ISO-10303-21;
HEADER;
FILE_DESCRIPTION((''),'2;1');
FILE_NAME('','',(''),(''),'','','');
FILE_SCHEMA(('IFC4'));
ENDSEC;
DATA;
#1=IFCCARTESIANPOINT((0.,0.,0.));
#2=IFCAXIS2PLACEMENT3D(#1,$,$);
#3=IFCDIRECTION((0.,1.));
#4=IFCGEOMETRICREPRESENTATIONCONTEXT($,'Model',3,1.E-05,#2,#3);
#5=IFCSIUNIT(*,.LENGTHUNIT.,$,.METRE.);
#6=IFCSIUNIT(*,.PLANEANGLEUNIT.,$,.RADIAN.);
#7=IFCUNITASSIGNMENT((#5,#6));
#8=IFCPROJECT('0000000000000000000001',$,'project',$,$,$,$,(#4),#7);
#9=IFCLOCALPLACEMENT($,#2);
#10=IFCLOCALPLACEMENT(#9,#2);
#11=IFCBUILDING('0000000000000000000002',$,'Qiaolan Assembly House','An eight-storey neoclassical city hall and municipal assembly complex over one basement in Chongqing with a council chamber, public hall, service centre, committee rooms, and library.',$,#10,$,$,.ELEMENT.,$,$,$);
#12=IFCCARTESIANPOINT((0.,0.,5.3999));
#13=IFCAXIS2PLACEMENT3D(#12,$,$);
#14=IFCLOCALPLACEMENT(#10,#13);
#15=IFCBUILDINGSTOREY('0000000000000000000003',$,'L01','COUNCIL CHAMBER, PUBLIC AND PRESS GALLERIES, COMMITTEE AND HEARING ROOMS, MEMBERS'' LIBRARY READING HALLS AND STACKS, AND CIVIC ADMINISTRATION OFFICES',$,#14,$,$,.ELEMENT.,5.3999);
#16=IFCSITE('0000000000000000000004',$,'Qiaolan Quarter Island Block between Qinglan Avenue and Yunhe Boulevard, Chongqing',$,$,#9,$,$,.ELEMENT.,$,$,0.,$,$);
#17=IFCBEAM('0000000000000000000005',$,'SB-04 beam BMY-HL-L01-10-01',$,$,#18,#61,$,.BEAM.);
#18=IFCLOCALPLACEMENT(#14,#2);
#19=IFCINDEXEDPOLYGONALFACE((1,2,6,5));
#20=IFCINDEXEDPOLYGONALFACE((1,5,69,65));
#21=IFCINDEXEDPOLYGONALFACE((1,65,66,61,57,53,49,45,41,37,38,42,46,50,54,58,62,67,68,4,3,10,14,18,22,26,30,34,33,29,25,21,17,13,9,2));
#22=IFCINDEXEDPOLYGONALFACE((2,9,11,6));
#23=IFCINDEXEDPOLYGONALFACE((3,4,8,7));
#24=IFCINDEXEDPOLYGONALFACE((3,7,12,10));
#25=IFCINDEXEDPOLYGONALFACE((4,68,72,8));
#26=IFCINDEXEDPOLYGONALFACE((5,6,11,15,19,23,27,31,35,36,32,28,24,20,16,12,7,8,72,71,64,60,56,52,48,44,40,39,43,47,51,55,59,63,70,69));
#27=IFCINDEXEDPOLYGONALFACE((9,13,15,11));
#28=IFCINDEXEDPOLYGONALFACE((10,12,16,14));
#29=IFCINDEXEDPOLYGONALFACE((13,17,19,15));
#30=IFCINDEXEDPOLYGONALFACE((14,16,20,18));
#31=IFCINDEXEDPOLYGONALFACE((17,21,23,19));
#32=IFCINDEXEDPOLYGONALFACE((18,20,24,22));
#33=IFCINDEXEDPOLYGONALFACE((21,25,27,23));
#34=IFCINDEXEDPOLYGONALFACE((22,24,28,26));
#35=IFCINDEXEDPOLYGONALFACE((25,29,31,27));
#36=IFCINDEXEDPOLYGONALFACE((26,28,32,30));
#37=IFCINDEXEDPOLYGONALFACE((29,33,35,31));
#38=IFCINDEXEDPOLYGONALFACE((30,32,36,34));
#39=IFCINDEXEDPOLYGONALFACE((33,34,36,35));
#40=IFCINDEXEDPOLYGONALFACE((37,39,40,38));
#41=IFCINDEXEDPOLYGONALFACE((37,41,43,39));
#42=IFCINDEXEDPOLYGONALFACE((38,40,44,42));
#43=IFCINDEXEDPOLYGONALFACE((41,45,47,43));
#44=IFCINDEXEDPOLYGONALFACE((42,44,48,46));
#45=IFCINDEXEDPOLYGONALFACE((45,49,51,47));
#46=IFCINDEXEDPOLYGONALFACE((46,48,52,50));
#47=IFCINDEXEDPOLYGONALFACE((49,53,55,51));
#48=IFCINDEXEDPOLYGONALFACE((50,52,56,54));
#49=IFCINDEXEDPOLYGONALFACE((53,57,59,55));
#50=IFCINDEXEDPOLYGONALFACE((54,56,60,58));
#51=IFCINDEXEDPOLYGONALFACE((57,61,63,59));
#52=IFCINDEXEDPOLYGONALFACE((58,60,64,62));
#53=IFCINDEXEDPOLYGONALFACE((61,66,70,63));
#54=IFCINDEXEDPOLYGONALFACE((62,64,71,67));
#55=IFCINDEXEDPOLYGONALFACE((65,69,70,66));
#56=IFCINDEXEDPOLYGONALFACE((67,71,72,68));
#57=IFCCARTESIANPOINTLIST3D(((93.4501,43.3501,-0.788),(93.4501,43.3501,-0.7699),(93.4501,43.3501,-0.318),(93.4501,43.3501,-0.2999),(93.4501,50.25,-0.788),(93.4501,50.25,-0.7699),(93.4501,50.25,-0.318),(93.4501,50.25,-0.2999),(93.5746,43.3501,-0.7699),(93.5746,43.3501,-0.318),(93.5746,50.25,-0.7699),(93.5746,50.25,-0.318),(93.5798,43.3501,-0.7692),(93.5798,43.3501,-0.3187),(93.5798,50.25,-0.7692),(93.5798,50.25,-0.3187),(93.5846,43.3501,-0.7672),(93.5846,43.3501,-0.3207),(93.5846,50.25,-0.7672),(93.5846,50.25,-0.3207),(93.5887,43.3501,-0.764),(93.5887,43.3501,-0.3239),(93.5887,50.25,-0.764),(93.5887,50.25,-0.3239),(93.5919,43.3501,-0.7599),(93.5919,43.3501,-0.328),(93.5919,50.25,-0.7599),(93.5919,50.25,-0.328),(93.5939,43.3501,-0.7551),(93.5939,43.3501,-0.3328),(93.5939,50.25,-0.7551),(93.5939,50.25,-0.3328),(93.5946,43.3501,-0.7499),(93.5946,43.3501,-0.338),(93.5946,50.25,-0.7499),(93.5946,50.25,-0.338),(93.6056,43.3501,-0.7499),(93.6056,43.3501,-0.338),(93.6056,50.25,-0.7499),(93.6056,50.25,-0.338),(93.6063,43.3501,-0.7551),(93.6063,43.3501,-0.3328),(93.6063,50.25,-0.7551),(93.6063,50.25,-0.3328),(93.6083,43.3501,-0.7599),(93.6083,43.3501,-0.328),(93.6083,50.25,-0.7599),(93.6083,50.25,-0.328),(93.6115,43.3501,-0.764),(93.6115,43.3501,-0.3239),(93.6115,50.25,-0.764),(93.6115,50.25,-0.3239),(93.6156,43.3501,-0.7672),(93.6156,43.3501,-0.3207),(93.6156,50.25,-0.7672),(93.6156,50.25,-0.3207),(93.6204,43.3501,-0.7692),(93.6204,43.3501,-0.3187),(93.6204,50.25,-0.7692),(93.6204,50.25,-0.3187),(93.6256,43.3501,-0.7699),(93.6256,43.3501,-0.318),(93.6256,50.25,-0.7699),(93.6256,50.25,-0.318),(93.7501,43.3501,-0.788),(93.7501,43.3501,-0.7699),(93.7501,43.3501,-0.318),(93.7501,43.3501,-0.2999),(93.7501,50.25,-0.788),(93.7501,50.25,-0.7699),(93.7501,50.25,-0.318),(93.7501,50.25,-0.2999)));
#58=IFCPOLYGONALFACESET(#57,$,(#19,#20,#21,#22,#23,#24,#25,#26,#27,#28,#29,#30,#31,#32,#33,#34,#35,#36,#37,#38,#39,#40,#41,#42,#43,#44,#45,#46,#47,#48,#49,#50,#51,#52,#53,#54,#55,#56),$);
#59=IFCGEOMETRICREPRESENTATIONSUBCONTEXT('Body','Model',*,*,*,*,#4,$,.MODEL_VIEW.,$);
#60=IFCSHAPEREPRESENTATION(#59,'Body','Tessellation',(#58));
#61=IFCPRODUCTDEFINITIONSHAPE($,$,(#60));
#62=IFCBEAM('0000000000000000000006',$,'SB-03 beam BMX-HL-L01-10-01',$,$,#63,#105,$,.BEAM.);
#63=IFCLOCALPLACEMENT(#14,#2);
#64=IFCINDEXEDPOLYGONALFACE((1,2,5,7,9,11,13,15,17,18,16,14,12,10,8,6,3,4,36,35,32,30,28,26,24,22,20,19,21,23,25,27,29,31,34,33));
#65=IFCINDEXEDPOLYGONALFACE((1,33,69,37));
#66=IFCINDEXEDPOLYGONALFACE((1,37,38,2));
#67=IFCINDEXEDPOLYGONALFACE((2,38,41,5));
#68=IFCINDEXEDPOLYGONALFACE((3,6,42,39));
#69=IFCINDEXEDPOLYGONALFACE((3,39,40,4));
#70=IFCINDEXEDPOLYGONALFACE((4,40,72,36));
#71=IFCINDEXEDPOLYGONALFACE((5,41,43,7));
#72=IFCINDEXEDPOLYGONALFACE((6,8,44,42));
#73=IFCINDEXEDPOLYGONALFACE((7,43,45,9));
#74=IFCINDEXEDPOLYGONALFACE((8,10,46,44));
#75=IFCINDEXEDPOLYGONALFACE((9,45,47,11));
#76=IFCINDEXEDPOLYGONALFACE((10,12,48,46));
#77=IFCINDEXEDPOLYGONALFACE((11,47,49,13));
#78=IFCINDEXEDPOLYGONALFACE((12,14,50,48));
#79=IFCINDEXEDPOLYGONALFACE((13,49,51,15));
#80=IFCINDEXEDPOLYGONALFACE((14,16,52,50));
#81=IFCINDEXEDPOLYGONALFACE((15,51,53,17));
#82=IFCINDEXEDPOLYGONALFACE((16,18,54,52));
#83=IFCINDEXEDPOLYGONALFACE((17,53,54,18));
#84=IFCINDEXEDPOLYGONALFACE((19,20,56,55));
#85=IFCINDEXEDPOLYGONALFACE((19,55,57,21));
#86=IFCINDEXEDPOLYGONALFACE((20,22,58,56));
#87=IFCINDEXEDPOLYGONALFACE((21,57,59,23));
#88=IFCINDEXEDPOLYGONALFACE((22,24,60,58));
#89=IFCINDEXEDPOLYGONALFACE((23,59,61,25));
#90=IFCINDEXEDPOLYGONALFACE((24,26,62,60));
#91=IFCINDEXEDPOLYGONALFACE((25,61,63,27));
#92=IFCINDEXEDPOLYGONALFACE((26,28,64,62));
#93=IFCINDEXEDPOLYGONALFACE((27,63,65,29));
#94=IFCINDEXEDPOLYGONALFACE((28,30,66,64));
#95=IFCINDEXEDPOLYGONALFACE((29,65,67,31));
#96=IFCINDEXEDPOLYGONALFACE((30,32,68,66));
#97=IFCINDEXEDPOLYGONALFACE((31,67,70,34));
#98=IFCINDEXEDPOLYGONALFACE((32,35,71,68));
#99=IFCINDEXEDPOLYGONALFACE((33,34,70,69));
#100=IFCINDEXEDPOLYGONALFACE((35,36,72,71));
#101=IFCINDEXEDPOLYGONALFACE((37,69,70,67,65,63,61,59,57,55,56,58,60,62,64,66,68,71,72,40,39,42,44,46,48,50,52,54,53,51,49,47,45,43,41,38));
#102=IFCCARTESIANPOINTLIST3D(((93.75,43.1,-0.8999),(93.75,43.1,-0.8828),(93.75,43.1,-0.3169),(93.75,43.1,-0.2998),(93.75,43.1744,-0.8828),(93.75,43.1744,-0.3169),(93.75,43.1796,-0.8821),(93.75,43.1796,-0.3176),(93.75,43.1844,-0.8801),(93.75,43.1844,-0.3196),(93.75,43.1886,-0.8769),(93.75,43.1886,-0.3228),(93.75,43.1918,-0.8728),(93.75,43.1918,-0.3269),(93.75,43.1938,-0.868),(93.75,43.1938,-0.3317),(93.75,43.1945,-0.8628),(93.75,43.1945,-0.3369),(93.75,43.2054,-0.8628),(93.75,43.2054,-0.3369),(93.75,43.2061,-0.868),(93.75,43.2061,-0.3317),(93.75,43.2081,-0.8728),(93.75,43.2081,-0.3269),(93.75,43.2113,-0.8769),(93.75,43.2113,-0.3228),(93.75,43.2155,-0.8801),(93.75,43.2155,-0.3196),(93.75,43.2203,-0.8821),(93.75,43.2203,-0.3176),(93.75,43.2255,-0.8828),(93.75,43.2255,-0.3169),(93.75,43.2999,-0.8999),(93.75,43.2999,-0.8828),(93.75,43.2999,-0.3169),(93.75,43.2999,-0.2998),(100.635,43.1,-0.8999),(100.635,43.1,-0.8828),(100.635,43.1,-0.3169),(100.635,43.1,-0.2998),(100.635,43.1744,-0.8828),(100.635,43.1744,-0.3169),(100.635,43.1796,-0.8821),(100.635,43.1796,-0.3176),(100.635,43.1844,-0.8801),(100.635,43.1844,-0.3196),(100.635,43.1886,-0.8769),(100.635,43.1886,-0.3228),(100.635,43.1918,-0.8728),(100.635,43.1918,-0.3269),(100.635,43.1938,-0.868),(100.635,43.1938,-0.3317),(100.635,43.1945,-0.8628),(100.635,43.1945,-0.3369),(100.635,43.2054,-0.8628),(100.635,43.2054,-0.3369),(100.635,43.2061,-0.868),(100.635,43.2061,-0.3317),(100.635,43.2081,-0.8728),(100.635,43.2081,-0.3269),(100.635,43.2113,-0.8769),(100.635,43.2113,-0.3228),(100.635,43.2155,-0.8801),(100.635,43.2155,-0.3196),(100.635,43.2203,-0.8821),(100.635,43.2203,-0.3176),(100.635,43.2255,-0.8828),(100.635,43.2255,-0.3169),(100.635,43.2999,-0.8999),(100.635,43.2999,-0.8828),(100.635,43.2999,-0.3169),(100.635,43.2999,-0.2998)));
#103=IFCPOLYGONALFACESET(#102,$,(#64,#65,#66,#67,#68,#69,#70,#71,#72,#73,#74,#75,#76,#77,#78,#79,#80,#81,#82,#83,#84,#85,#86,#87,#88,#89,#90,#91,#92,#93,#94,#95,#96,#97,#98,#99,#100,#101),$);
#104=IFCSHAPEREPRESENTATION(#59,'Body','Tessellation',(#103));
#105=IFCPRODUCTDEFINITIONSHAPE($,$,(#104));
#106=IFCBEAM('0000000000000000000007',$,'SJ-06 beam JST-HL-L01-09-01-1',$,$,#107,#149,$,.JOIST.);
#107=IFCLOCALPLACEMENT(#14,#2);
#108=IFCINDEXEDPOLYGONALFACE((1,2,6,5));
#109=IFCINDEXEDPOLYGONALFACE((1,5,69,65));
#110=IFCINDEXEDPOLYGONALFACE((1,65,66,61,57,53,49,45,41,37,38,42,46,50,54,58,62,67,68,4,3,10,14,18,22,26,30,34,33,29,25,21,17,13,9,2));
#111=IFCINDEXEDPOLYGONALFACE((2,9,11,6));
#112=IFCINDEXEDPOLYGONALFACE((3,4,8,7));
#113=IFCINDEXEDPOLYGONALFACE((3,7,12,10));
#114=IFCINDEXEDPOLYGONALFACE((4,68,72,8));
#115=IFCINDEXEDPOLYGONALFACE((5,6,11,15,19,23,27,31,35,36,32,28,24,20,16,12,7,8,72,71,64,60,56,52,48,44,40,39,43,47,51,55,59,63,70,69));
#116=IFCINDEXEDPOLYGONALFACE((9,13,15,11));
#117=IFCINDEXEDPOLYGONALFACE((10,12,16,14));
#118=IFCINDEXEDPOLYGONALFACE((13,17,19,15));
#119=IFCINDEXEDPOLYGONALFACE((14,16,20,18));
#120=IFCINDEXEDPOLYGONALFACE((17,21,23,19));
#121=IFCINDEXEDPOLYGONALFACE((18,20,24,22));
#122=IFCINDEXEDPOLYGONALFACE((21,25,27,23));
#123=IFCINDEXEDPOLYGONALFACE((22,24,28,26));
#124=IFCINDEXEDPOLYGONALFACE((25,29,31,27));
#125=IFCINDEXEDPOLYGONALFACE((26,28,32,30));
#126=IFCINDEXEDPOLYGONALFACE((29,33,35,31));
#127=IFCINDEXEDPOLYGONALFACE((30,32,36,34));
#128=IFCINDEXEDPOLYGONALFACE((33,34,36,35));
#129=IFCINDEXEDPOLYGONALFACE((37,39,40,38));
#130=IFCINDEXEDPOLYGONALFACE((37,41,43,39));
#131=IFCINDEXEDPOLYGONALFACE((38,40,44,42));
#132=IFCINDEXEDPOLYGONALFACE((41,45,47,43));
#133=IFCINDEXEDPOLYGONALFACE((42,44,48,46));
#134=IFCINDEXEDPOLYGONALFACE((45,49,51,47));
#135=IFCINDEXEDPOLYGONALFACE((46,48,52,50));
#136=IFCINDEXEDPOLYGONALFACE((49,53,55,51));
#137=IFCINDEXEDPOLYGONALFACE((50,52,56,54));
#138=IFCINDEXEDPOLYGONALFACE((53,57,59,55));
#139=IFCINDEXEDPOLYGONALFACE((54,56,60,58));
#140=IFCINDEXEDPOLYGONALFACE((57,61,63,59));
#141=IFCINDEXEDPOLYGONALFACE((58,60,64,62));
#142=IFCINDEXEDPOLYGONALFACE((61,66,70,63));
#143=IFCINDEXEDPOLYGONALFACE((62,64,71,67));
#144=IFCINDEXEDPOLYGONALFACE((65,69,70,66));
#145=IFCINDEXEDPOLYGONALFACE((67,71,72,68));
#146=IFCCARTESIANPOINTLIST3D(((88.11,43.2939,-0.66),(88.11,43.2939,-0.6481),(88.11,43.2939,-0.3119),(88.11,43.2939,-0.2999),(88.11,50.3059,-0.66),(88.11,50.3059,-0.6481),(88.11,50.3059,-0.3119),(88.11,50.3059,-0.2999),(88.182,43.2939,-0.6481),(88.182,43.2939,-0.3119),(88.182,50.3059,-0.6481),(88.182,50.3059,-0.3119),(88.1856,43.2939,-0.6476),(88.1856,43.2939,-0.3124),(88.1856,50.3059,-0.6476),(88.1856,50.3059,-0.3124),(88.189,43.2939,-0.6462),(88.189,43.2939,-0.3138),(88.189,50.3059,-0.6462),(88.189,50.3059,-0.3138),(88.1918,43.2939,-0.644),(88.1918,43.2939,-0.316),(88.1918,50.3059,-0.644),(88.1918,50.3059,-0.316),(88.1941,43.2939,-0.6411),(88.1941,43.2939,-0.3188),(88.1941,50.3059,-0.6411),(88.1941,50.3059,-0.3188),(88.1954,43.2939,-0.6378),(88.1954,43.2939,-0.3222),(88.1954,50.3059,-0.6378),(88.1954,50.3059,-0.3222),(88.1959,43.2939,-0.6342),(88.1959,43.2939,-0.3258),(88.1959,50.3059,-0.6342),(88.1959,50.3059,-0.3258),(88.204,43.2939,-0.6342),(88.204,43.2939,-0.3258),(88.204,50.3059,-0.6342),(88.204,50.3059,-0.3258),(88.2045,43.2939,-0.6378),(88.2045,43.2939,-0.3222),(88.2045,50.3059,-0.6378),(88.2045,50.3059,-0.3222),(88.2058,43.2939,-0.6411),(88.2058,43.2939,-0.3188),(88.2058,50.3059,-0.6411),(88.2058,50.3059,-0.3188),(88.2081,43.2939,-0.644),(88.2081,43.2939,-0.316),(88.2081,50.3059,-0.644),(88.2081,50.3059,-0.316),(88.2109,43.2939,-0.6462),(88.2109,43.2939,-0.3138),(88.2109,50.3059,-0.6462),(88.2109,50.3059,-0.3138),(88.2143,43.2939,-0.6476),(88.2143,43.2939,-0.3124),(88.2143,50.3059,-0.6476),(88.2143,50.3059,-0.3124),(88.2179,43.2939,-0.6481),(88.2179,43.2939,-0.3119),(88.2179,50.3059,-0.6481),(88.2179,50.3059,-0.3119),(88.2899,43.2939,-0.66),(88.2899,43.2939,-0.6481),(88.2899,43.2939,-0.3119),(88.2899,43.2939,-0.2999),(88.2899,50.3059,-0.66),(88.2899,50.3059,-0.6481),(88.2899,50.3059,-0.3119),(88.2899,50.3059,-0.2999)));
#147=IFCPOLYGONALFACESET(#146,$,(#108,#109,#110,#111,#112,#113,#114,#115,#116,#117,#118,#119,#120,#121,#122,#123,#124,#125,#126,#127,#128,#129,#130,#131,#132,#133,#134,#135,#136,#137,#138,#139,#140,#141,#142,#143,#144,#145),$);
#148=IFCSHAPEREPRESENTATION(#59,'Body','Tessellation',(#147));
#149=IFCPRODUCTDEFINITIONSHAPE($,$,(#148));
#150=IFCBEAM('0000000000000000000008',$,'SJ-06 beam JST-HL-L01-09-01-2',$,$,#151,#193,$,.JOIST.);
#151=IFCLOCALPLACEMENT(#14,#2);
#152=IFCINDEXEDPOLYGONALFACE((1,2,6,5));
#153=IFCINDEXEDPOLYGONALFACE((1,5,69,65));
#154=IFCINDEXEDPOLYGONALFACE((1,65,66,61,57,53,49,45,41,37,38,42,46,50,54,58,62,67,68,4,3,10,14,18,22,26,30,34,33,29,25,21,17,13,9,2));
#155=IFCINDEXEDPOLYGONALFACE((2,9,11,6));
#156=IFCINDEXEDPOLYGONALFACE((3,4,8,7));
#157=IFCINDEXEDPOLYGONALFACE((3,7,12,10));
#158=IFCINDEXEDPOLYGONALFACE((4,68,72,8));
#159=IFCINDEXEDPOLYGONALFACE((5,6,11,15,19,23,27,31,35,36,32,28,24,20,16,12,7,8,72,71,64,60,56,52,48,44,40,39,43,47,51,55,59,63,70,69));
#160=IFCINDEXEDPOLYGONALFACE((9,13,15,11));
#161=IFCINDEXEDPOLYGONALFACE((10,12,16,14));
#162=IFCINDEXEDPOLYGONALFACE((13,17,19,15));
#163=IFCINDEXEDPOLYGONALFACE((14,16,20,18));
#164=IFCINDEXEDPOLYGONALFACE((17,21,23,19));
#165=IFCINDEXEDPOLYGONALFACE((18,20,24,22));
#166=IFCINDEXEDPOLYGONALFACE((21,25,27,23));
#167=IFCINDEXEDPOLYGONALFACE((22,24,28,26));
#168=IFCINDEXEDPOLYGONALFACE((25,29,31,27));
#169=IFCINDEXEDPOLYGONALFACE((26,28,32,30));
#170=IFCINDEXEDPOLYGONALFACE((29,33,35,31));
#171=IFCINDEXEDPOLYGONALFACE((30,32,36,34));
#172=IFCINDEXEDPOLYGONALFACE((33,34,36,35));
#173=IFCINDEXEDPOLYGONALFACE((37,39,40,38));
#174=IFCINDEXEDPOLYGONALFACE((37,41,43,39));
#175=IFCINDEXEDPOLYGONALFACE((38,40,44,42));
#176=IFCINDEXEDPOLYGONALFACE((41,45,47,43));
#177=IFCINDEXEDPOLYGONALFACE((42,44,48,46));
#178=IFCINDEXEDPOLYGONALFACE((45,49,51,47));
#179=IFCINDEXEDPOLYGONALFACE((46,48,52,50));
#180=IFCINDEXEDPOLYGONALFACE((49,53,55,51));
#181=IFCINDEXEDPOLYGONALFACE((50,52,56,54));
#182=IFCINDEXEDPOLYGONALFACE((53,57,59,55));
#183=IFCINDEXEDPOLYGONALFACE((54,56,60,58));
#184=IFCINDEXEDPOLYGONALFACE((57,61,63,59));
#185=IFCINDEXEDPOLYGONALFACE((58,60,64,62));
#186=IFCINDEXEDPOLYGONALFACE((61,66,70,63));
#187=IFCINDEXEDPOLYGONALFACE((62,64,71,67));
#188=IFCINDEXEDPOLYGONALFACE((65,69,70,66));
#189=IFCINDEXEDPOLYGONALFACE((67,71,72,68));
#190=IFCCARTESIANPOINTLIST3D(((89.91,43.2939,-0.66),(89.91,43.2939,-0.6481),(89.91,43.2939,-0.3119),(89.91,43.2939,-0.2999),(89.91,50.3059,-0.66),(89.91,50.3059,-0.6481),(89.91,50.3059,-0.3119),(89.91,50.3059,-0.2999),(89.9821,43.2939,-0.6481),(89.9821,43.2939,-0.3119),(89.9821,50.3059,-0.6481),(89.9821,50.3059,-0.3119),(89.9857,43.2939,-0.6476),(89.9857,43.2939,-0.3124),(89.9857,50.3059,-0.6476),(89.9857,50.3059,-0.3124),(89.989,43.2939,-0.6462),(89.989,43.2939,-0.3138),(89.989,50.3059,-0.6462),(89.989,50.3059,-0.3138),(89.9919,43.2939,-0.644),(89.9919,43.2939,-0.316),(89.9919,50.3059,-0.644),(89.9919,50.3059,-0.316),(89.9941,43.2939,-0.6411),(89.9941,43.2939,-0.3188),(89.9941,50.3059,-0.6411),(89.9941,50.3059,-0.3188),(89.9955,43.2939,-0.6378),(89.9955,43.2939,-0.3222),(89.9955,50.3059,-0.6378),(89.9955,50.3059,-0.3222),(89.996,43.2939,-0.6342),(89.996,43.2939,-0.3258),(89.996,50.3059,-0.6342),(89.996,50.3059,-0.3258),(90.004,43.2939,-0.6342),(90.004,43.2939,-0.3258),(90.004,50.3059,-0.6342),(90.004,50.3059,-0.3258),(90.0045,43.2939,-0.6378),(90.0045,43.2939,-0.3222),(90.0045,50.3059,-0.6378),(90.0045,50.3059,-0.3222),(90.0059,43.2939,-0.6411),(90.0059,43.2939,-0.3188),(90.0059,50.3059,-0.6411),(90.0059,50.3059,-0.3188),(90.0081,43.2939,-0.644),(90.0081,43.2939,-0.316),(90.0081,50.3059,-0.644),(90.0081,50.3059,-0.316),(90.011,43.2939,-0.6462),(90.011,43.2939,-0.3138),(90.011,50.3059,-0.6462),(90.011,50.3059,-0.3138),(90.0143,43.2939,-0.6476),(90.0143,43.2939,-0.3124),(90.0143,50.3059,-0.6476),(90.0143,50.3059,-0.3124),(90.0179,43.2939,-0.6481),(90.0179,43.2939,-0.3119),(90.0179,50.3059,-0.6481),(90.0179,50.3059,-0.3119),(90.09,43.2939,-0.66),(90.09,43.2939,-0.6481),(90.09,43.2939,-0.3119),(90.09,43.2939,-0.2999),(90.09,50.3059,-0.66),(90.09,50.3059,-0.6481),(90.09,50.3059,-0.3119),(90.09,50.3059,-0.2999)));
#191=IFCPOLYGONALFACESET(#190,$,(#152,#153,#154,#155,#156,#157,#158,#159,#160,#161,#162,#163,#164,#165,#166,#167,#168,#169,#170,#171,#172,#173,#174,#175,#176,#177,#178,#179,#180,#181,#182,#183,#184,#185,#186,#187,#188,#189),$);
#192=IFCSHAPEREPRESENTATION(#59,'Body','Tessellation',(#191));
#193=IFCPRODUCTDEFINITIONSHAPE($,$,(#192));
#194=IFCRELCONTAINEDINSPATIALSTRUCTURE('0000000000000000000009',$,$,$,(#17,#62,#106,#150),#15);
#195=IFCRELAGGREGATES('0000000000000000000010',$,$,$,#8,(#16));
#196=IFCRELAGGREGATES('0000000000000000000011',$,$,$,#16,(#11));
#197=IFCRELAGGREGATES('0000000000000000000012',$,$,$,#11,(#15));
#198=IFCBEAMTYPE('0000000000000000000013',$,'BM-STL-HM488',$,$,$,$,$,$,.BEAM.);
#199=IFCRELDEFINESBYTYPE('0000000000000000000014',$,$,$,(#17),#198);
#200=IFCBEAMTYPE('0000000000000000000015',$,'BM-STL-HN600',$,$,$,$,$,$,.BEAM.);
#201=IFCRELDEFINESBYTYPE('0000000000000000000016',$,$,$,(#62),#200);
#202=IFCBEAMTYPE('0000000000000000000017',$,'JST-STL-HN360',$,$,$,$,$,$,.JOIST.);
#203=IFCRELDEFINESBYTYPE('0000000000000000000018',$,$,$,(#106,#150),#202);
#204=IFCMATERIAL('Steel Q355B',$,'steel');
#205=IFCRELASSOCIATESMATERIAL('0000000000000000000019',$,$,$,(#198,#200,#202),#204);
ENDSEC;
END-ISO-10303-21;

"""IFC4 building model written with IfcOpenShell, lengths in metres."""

from ifc_helpers import new_model, si_unit, direction, frame, origin, origin_2d, place, context, subcontext, project, spatial, i_section, extrude, material, material_profile, profile_set, type_object, element, save


model = new_model("IFC4")

# Units and contexts
model_context = context("Model", 3, precision=1e-05, world=origin(), true_north=direction((0.0, 1.0)))
body_context = subcontext(model_context, "Body", "Model", "MODEL_VIEW")
ifc_project = project(units=[si_unit("LENGTHUNIT", "METRE"), si_unit("PLANEANGLEUNIT", "RADIAN")], contexts=[model_context])

# Site, building, storey
site_placement = place(None, origin())
site = spatial("IfcSite", under=ifc_project, at=site_placement, Name="Qiaolan Quarter Island Block between Qinglan Avenue and Yunhe Boulevard, Chongqing", CompositionType="ELEMENT", RefElevation=0.0)
building_placement = place(site_placement, origin())
building = spatial("IfcBuilding", under=site, at=building_placement, Name="Qiaolan Assembly House", Description="An eight-storey neoclassical city hall and municipal assembly complex over one basement in Chongqing with a council chamber, public hall, service centre, committee rooms, and library.", CompositionType="ELEMENT")
storey_placement = place(building_placement, frame((0.0, 0.0, 5.3999)))
storey = spatial("IfcBuildingStorey", under=building, at=storey_placement, Name="L01", Description="COUNCIL CHAMBER, PUBLIC AND PRESS GALLERIES, COMMITTEE AND HEARING ROOMS, MEMBERS' LIBRARY READING HALLS AND STACKS, AND CIVIC ADMINISTRATION OFFICES", CompositionType="ELEMENT", Elevation=5.3999)

# Shared definitions
ifc_material_1 = material(Name="Steel Q355B", Category="steel")

# Beams
ifc_material_profile_1 = material_profile(ifc_material_1, i_section(OverallWidth=0.3, OverallDepth=0.488, WebThickness=0.011, FlangeThickness=0.0181, FilletRadius=0.02, at=origin_2d()), Name="HM 488x300x11x18")
ifc_profile_set_1 = profile_set([ifc_material_profile_1], Name="Steel Q355B")
beam_type_1 = type_object("IfcBeamType", Name="BM-STL-HM488", PredefinedType="BEAM", material=ifc_profile_set_1)
beam_1_placement = place(storey_placement, frame((93.6001, 43.3501, -0.5439), z_axis=(0.0, 1.0, 0.0), x_axis=(-1.0, 0.0, 0.0)))
element("IfcBeam", 1, at=beam_1_placement, inside=storey, type_object=beam_type_1, Name="SB-04 beam BMY-HL-L01-10-01", PredefinedType="BEAM", context=body_context, shape_type="SweptSolid", body=[
    extrude(i_section(OverallWidth=0.3, OverallDepth=0.488, WebThickness=0.011, FlangeThickness=0.0181, FilletRadius=0.02, at=origin_2d()), origin(), (0.0, 0.0, 1.0), 6.8999),
])
ifc_material_profile_2 = material_profile(ifc_material_1, i_section(OverallWidth=0.2, OverallDepth=0.6001, WebThickness=0.011, FlangeThickness=0.0171, FilletRadius=0.02, at=origin_2d()), Name="HN 600x200x11x17")
ifc_profile_set_2 = profile_set([ifc_material_profile_2], Name="Steel Q355B")
beam_type_2 = type_object("IfcBeamType", Name="BM-STL-HN600", PredefinedType="BEAM", material=ifc_profile_set_2)
beam_2_placement = place(storey_placement, frame((93.75, 43.2, -0.5999), z_axis=(1.0, 0.0, 0.0), x_axis=(0.0, 1.0, 0.0)))
element("IfcBeam", 2, at=beam_2_placement, inside=storey, type_object=beam_type_2, Name="SB-03 beam BMX-HL-L01-10-01", PredefinedType="BEAM", context=body_context, shape_type="SweptSolid", body=[
    extrude(i_section(OverallWidth=0.2, OverallDepth=0.6001, WebThickness=0.011, FlangeThickness=0.0171, FilletRadius=0.02, at=origin_2d()), origin(), (0.0, 0.0, 1.0), 6.885),
])
ifc_material_profile_3 = material_profile(ifc_material_1, i_section(OverallWidth=0.1799, OverallDepth=0.3601, WebThickness=0.0081, FlangeThickness=0.012, FilletRadius=0.0139, at=origin_2d()), Name="HN 360x180x8x12")
ifc_profile_set_3 = profile_set([ifc_material_profile_3], Name="Steel Q355B")
beam_type_3 = type_object("IfcBeamType", Name="JST-STL-HN360", PredefinedType="JOIST", material=ifc_profile_set_3)
for number, where, z_axis, x_axis, name in (
    (3, (88.2, 43.2939, -0.48), (0.0, 1.0, 0.0), (-1.0, 0.0, 0.0), "SJ-06 beam JST-HL-L01-09-01-1"),
    (4, (90.0, 43.2939, -0.48), (0.0, 1.0, 0.0), (-1.0, 0.0, 0.0), "SJ-06 beam JST-HL-L01-09-01-2"),
):
    element("IfcBeam", number, at=place(storey_placement, frame(where, z_axis=z_axis, x_axis=x_axis)), inside=storey, type_object=beam_type_3, Name=name, PredefinedType="JOIST", context=body_context, shape_type="SweptSolid", body=[
        extrude(i_section(OverallWidth=0.1799, OverallDepth=0.3601, WebThickness=0.0081, FlangeThickness=0.012, FilletRadius=0.0139, at=origin_2d()), origin(), (0.0, 0.0, 1.0), 7.012),
    ])

save(model, "model.ifc")
